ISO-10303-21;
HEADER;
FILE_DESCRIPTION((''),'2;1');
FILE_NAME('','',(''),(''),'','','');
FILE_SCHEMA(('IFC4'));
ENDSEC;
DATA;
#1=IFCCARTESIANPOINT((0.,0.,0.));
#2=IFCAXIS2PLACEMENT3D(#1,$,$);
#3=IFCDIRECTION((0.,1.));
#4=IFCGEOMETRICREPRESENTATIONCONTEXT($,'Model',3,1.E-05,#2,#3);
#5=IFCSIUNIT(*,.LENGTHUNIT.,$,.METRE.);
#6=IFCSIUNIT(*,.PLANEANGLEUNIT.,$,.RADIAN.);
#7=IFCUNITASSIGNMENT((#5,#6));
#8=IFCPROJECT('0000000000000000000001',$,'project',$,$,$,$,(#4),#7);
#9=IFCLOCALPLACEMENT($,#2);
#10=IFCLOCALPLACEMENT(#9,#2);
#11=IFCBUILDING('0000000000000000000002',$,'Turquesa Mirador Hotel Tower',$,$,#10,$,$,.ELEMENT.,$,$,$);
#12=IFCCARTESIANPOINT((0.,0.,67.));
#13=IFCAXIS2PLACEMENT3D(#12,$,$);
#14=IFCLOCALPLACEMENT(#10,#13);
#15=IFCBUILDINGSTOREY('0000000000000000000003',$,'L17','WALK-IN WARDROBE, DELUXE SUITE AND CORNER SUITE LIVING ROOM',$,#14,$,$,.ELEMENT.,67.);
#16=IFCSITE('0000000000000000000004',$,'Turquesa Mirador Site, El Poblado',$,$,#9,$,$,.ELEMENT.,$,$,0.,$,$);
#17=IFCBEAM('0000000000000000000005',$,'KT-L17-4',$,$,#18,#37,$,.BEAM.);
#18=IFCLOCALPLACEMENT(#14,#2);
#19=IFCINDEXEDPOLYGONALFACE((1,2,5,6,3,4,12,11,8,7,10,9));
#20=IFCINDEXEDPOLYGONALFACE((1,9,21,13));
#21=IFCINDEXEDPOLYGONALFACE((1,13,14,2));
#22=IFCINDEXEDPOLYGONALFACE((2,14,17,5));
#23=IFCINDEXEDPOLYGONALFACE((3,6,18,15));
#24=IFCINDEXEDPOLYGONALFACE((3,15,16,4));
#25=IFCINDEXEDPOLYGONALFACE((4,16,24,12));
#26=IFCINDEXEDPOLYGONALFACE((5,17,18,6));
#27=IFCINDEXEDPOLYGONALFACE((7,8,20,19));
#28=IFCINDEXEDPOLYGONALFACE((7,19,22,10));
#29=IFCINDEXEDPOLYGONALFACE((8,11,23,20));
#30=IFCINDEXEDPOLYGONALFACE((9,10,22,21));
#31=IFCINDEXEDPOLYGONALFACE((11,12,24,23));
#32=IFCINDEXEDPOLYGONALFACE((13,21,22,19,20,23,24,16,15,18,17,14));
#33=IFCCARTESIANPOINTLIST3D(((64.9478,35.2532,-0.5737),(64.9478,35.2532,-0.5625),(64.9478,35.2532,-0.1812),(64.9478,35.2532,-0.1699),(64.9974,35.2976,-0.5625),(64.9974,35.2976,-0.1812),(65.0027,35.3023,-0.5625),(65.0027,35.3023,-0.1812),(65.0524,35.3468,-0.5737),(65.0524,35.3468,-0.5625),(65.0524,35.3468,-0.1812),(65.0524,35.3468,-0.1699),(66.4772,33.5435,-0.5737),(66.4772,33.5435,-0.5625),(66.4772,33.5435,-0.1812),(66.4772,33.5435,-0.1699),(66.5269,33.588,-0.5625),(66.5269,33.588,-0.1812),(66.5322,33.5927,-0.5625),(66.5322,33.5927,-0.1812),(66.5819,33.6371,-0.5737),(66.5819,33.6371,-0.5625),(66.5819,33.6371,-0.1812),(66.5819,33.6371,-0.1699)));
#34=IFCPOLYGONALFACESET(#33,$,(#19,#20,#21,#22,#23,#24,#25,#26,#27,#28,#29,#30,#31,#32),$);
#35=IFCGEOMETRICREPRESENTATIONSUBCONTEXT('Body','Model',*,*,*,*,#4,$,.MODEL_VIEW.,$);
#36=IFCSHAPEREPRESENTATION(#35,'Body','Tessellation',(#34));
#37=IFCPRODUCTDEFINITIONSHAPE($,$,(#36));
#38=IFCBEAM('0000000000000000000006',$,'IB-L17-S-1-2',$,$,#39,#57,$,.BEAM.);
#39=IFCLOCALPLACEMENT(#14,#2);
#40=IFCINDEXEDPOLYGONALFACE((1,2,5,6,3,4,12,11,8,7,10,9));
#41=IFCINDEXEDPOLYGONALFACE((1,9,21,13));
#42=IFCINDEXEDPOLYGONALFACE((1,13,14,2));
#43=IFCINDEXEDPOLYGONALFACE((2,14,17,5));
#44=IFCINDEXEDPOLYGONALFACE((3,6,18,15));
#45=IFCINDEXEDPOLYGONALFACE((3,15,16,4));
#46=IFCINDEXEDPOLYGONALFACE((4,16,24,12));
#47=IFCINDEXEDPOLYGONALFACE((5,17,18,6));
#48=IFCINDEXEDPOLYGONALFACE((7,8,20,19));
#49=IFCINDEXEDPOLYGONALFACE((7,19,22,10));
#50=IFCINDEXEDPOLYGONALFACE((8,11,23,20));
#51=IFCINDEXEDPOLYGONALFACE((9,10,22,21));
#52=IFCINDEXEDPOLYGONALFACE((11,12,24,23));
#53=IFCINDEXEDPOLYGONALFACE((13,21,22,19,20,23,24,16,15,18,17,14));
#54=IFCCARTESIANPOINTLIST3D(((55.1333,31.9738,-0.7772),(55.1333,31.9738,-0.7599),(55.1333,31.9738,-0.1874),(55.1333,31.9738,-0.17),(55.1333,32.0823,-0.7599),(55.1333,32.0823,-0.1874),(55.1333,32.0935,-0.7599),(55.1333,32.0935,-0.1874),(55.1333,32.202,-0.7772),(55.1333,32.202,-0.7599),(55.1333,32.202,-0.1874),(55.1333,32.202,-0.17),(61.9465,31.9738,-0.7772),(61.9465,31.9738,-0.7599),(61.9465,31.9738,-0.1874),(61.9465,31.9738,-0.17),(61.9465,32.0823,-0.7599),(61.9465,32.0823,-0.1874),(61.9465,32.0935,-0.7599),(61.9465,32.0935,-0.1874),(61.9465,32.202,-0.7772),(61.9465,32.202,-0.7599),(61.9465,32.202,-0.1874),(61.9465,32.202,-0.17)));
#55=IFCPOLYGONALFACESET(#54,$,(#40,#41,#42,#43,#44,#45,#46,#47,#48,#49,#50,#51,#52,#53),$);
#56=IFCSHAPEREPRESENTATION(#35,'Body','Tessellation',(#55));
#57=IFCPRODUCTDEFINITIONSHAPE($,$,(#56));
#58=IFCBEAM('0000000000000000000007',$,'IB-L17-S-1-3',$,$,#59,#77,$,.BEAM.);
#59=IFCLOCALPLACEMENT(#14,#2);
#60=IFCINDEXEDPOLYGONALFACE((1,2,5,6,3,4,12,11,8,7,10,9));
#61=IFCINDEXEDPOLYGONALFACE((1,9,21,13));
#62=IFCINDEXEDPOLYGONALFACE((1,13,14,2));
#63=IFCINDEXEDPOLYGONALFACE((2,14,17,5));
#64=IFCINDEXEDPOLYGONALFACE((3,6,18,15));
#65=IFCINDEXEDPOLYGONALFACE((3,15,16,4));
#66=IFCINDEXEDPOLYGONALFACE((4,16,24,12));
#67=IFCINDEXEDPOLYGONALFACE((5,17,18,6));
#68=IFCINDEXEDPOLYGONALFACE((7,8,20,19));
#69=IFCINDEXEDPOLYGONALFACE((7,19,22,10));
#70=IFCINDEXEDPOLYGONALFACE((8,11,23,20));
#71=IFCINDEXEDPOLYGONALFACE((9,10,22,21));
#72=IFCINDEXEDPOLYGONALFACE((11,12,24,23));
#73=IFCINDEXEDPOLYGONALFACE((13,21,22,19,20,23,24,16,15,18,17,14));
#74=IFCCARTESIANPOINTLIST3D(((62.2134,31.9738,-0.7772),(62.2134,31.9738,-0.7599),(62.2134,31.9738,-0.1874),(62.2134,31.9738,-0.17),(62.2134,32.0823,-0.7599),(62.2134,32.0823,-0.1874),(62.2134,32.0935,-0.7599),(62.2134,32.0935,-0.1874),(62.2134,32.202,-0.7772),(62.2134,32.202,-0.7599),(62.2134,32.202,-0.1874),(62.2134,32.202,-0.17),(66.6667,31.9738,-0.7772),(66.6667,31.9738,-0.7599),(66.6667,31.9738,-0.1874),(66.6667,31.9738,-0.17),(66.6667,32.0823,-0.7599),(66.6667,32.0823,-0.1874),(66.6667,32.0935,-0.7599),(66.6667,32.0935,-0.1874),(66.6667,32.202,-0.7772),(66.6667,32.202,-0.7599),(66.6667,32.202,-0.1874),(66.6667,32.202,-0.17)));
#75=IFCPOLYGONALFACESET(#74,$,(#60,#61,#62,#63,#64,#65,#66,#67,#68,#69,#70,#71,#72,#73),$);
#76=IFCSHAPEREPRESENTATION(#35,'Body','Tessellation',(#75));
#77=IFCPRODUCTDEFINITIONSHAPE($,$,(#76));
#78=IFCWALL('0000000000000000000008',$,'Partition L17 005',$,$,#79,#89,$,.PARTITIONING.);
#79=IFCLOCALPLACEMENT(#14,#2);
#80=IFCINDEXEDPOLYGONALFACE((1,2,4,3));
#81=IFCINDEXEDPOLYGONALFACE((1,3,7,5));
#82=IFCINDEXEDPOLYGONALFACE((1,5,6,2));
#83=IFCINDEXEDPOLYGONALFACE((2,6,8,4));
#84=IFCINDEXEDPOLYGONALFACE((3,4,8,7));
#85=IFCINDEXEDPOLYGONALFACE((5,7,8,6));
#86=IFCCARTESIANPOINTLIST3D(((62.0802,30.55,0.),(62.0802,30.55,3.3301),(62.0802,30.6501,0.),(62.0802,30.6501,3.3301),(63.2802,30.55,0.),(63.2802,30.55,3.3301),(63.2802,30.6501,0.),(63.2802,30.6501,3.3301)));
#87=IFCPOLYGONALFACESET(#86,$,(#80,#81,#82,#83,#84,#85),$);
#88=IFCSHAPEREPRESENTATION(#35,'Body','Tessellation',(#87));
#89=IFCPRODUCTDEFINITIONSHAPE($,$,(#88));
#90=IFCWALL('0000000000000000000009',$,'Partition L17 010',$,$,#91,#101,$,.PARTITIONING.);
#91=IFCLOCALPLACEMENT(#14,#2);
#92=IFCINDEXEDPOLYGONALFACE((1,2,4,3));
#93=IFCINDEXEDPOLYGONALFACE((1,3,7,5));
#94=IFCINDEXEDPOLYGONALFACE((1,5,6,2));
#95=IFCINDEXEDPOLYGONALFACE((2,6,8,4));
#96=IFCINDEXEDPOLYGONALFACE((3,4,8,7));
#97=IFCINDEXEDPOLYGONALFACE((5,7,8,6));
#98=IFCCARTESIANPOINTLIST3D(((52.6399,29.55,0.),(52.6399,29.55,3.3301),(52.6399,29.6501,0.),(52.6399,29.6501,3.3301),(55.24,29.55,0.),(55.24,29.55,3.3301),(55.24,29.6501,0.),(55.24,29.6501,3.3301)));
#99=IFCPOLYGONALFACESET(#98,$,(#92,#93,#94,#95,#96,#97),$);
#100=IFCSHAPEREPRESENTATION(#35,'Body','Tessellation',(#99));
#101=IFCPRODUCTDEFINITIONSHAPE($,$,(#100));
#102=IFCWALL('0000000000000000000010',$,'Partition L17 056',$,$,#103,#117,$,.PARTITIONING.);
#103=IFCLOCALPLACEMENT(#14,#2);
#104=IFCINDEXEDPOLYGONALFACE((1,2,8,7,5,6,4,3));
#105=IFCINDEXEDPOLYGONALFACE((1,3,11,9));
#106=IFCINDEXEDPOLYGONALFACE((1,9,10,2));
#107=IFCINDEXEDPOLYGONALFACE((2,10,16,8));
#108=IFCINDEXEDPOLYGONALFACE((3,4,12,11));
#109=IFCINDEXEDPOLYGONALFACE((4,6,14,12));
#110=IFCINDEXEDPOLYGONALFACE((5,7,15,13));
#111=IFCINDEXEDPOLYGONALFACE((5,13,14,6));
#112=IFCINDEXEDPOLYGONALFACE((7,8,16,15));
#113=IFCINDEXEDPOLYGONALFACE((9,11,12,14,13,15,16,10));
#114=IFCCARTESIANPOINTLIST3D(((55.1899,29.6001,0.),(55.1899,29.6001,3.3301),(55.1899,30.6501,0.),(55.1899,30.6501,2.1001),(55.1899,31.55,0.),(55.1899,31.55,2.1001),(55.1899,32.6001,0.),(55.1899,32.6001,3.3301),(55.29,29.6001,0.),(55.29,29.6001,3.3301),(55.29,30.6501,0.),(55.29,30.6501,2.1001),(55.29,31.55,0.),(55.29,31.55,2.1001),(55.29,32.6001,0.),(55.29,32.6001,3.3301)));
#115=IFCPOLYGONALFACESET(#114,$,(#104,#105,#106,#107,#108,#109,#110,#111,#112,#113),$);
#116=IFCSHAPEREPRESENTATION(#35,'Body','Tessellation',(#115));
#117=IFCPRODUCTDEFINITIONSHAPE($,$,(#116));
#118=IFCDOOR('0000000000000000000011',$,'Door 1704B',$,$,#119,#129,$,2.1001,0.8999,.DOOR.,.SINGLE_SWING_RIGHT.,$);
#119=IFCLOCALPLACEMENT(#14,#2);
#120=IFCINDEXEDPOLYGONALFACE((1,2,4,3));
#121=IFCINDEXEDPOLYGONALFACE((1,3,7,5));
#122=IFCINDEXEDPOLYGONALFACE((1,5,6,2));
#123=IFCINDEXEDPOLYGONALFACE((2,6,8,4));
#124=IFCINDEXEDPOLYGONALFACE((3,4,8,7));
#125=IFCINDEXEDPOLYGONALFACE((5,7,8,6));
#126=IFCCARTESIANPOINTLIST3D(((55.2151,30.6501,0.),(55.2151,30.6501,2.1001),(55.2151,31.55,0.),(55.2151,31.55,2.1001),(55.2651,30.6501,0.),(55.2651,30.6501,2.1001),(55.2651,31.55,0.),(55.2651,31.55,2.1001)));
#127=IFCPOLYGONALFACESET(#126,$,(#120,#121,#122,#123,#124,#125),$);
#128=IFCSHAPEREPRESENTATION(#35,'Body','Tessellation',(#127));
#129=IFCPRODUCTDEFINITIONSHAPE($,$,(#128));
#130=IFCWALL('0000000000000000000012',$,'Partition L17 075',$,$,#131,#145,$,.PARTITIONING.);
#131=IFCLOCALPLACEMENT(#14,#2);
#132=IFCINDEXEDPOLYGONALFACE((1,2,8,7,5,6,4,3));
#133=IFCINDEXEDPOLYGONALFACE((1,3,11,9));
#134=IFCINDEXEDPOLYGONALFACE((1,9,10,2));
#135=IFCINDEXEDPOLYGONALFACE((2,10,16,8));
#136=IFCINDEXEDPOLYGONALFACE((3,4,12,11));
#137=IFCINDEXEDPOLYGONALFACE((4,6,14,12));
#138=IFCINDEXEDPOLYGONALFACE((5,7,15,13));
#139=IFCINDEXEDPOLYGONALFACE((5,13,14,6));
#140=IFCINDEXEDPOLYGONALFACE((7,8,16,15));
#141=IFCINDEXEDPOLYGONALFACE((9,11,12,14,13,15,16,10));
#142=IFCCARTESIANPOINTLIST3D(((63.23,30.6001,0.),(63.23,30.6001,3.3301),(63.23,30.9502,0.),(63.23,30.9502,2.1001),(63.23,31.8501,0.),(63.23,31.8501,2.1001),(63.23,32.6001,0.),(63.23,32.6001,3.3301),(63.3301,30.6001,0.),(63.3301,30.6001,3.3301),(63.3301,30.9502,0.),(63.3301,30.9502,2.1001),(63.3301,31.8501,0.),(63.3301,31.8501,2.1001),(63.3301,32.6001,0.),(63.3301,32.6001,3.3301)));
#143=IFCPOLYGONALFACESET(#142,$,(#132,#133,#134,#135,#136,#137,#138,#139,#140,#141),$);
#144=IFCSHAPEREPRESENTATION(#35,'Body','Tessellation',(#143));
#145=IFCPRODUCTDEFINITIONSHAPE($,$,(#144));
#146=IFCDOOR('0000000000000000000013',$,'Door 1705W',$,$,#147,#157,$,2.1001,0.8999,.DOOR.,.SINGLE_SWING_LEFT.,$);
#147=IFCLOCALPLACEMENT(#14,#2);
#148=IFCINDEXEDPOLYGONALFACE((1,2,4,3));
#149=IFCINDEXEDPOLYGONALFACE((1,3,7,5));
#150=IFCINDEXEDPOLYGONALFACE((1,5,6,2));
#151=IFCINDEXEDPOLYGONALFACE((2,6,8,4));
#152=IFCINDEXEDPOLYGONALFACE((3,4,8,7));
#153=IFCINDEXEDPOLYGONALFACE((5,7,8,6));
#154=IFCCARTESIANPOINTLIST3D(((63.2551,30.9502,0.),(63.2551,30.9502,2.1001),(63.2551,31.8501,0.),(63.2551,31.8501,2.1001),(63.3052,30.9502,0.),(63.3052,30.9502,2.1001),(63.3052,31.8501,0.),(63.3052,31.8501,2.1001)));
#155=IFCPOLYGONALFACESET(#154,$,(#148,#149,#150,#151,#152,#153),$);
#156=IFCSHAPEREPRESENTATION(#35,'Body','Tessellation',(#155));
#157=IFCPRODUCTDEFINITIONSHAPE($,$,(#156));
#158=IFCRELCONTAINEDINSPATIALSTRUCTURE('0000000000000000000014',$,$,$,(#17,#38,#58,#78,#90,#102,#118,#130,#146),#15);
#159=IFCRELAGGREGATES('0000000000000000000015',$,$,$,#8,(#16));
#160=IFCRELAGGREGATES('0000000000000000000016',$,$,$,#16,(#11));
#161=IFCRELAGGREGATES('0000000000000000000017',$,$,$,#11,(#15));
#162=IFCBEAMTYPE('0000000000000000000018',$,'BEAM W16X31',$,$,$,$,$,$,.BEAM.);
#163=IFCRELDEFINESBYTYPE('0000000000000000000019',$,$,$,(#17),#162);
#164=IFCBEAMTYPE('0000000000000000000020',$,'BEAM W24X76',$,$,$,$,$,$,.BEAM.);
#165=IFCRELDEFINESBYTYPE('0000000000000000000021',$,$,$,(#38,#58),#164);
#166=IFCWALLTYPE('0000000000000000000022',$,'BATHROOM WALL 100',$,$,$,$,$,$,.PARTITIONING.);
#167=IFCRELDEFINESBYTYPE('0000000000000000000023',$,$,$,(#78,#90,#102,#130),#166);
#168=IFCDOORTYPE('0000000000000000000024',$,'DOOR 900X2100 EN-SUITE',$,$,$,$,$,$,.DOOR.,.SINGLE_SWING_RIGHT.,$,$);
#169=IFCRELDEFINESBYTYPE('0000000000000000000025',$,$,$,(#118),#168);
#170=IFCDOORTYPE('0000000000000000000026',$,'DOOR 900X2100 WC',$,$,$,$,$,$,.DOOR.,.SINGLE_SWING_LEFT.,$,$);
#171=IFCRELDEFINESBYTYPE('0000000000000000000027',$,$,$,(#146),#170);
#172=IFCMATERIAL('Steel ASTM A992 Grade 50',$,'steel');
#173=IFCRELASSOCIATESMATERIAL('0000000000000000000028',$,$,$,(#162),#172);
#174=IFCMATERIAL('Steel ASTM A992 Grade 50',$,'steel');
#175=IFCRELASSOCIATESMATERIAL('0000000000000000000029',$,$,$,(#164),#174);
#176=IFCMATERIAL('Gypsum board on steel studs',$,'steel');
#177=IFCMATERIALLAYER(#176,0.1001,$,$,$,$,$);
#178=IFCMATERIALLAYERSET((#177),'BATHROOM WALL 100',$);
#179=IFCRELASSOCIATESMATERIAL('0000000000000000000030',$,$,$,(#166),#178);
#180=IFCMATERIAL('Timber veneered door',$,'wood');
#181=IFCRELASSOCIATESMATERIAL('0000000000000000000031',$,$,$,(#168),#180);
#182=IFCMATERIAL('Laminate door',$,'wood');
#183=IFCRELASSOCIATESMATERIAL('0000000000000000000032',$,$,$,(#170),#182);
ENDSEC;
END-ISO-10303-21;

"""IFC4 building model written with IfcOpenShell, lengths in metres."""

from ifc_helpers import new_model, si_unit, direction, frame, frame_2d, origin, origin_2d, place, context, subcontext, project, spatial, rectangle, i_section, extrude, material, layer, layer_set, material_profile, profile_set, type_object, element, fill, save


model = new_model("IFC4")

# Units and contexts
model_context = context("Model", 3, precision=1e-05, world=origin(), true_north=direction((0.0, 1.0)))
body_context = subcontext(model_context, "Body", "Model", "MODEL_VIEW")
ifc_project = project(units=[si_unit("LENGTHUNIT", "METRE"), si_unit("PLANEANGLEUNIT", "RADIAN")], contexts=[model_context])

# Site, building, storey
site_placement = place(None, origin())
site = spatial("IfcSite", under=ifc_project, at=site_placement, Name="Turquesa Mirador Site, El Poblado", CompositionType="ELEMENT", RefElevation=0.0)
building_placement = place(site_placement, origin())
building = spatial("IfcBuilding", under=site, at=building_placement, Name="Turquesa Mirador Hotel Tower", CompositionType="ELEMENT")
storey_placement = place(building_placement, frame((0.0, 0.0, 67.0)))
storey = spatial("IfcBuildingStorey", under=building, at=storey_placement, Name="L17", Description="WALK-IN WARDROBE, DELUXE SUITE AND CORNER SUITE LIVING ROOM", CompositionType="ELEMENT", Elevation=67.0)

# Beams
ifc_material_1 = material(Name="Steel ASTM A992 Grade 50", Category="steel")
ifc_material_profile_1 = material_profile(ifc_material_1, i_section(OverallWidth=0.1404, OverallDepth=0.4038, WebThickness=0.0071, FlangeThickness=0.0112, at=origin_2d()), Name="W16X31")
ifc_profile_set_1 = profile_set([ifc_material_profile_1], Name="Steel ASTM A992 Grade 50")
beam_type_1 = type_object("IfcBeamType", Name="BEAM W16X31", PredefinedType="BEAM", material=ifc_profile_set_1)
beam_1_placement = place(storey_placement, frame((66.5295, 33.5903, -0.3718), z_axis=(-0.666745, 0.745286, 0.0), x_axis=(-0.745286, -0.666745, 0.0)))
element("IfcBeam", 1, at=beam_1_placement, inside=storey, type_object=beam_type_1, Name="KT-L17-4", PredefinedType="BEAM", context=body_context, shape_type="SweptSolid", body=[
    extrude(i_section(OverallWidth=0.1404, OverallDepth=0.4038, WebThickness=0.0071, FlangeThickness=0.0112, at=origin_2d()), origin(), (0.0, 0.0, 1.0), 2.2939),
])
ifc_material_2 = material(Name="Steel ASTM A992 Grade 50", Category="steel")
ifc_material_profile_2 = material_profile(ifc_material_2, i_section(OverallWidth=0.2283, OverallDepth=0.6072, WebThickness=0.0112, FlangeThickness=0.0173, at=origin_2d()), Name="W24X76")
ifc_profile_set_2 = profile_set([ifc_material_profile_2], Name="Steel ASTM A992 Grade 50")
beam_type_2 = type_object("IfcBeamType", Name="BEAM W24X76", PredefinedType="BEAM", material=ifc_profile_set_2)
beam_2_placement = place(storey_placement, frame((55.1333, 32.0879, -0.4736), z_axis=(1.0, 0.0, 0.0), x_axis=(0.0, 1.0, 0.0)))
element("IfcBeam", 2, at=beam_2_placement, inside=storey, type_object=beam_type_2, Name="IB-L17-S-1-2", PredefinedType="BEAM", context=body_context, shape_type="SweptSolid", body=[
    extrude(i_section(OverallWidth=0.2283, OverallDepth=0.6072, WebThickness=0.0112, FlangeThickness=0.0173, at=origin_2d()), origin(), (0.0, 0.0, 1.0), 6.8132),
])
beam_3_placement = place(storey_placement, frame((62.2134, 32.0879, -0.4736), z_axis=(1.0, 0.0, 0.0), x_axis=(0.0, 1.0, 0.0)))
element("IfcBeam", 3, at=beam_3_placement, inside=storey, type_object=beam_type_2, Name="IB-L17-S-1-3", PredefinedType="BEAM", context=body_context, shape_type="SweptSolid", body=[
    extrude(i_section(OverallWidth=0.2283, OverallDepth=0.6072, WebThickness=0.0112, FlangeThickness=0.0173, at=origin_2d()), origin(), (0.0, 0.0, 1.0), 4.4534),
])

# Walls
ifc_material_3 = material(Name="Gypsum board on steel studs", Category="steel")
ifc_layer_1 = layer(ifc_material_3, 0.1001)
ifc_layer_set_1 = layer_set([ifc_layer_1], Name="BATHROOM WALL 100")
wall_type_1 = type_object("IfcWallType", Name="BATHROOM WALL 100", PredefinedType="PARTITIONING", material=ifc_layer_set_1)
wall_1_placement = place(storey_placement, frame((62.0801, 30.6001, 0.0), z_axis=(0.0, 0.0, 1.0), x_axis=(1.0, 0.0, 0.0)))
element("IfcWall", 4, at=wall_1_placement, inside=storey, type_object=wall_type_1, Name="Partition L17 005", PredefinedType="PARTITIONING", context=body_context, shape_type="SweptSolid", body=[
    extrude(rectangle(XDim=1.2, YDim=0.1001, at=frame_2d((0.6001, 0.0))), origin(), (0.0, 0.0, 1.0), 3.3301),
])
wall_2_placement = place(storey_placement, frame((52.6399, 29.6001, 0.0), z_axis=(0.0, 0.0, 1.0), x_axis=(1.0, 0.0, 0.0)))
element("IfcWall", 5, at=wall_2_placement, inside=storey, type_object=wall_type_1, Name="Partition L17 010", PredefinedType="PARTITIONING", context=body_context, shape_type="SweptSolid", body=[
    extrude(rectangle(XDim=2.6001, YDim=0.1001, at=frame_2d((1.3, 0.0))), origin(), (0.0, 0.0, 1.0), 3.3301),
])

# Walls, openings, doors
wall_3_placement = place(storey_placement, frame((55.24, 29.6001, 0.0), z_axis=(0.0, 0.0, 1.0), x_axis=(0.0, 1.0, 0.0)))
wall_3 = element("IfcWall", 6, at=wall_3_placement, inside=storey, type_object=wall_type_1, Name="Partition L17 056", PredefinedType="PARTITIONING", context=body_context, shape_type="SweptSolid", body=[
    extrude(rectangle(XDim=3.0, YDim=0.1001, at=frame_2d((1.5, 0.0))), origin(), (0.0, 0.0, 1.0), 3.3301),
])
opening_1_placement = place(wall_3_placement, frame((1.05, 0.0, 0.0)))
opening_1 = element("IfcOpeningElement", 7, at=opening_1_placement, cuts=wall_3, PredefinedType="OPENING", context=body_context, shape_type="SweptSolid", body=[
    extrude(rectangle(XDim=0.8999, YDim=2.1001, at=frame_2d((0.45, 1.05))), frame((0.0, 0.0601, 0.0), z_axis=(0.0, -1.0, 0.0), x_axis=(1.0, 0.0, 0.0)), (0.0, 0.0, 1.0), 0.1201),
])
ifc_material_4 = material(Name="Timber veneered door", Category="wood")
door_type_1 = type_object("IfcDoorType", Name="DOOR 900X2100 EN-SUITE", OperationType="SINGLE_SWING_RIGHT", PredefinedType="DOOR", material=ifc_material_4)
door_1_placement = place(opening_1_placement, origin())
door_1 = element("IfcDoor", 8, at=door_1_placement, inside=storey, type_object=door_type_1, Name="Door 1704B", OperationType="SINGLE_SWING_RIGHT", OverallHeight=2.1001, OverallWidth=0.8999, PredefinedType="DOOR", context=body_context, shape_type="SweptSolid", body=[
    extrude(rectangle(XDim=0.8999, YDim=2.1001, at=frame_2d((0.45, 1.05))), frame((0.0, 0.0249, 0.0), z_axis=(0.0, -1.0, 0.0), x_axis=(1.0, 0.0, 0.0)), (0.0, 0.0, 1.0), 0.05),
])
fill(opening_1, door_1)
wall_4_placement = place(storey_placement, frame((63.28, 30.6001, 0.0), z_axis=(0.0, 0.0, 1.0), x_axis=(0.0, 1.0, 0.0)))
wall_4 = element("IfcWall", 9, at=wall_4_placement, inside=storey, type_object=wall_type_1, Name="Partition L17 075", PredefinedType="PARTITIONING", context=body_context, shape_type="SweptSolid", body=[
    extrude(rectangle(XDim=2.0, YDim=0.1001, at=frame_2d((1.0, 0.0))), origin(), (0.0, 0.0, 1.0), 3.3301),
])
opening_2_placement = place(wall_4_placement, frame((0.3501, 0.0, 0.0)))
opening_2 = element("IfcOpeningElement", 10, at=opening_2_placement, cuts=wall_4, PredefinedType="OPENING", context=body_context, shape_type="SweptSolid", body=[
    extrude(rectangle(XDim=0.8999, YDim=2.1001, at=frame_2d((0.45, 1.05))), frame((0.0, 0.0601, 0.0), z_axis=(0.0, -1.0, 0.0), x_axis=(1.0, 0.0, 0.0)), (0.0, 0.0, 1.0), 0.1201),
])
ifc_material_5 = material(Name="Laminate door", Category="wood")
door_type_2 = type_object("IfcDoorType", Name="DOOR 900X2100 WC", OperationType="SINGLE_SWING_LEFT", PredefinedType="DOOR", material=ifc_material_5)
door_2_placement = place(opening_2_placement, origin())
door_2 = element("IfcDoor", 11, at=door_2_placement, inside=storey, type_object=door_type_2, Name="Door 1705W", OperationType="SINGLE_SWING_LEFT", OverallHeight=2.1001, OverallWidth=0.8999, PredefinedType="DOOR", context=body_context, shape_type="SweptSolid", body=[
    extrude(rectangle(XDim=0.8999, YDim=2.1001, at=frame_2d((0.45, 1.05))), frame((0.0, 0.0249, 0.0), z_axis=(0.0, -1.0, 0.0), x_axis=(1.0, 0.0, 0.0)), (0.0, 0.0, 1.0), 0.05),
])
fill(opening_2, door_2)

save(model, "model.ifc")
